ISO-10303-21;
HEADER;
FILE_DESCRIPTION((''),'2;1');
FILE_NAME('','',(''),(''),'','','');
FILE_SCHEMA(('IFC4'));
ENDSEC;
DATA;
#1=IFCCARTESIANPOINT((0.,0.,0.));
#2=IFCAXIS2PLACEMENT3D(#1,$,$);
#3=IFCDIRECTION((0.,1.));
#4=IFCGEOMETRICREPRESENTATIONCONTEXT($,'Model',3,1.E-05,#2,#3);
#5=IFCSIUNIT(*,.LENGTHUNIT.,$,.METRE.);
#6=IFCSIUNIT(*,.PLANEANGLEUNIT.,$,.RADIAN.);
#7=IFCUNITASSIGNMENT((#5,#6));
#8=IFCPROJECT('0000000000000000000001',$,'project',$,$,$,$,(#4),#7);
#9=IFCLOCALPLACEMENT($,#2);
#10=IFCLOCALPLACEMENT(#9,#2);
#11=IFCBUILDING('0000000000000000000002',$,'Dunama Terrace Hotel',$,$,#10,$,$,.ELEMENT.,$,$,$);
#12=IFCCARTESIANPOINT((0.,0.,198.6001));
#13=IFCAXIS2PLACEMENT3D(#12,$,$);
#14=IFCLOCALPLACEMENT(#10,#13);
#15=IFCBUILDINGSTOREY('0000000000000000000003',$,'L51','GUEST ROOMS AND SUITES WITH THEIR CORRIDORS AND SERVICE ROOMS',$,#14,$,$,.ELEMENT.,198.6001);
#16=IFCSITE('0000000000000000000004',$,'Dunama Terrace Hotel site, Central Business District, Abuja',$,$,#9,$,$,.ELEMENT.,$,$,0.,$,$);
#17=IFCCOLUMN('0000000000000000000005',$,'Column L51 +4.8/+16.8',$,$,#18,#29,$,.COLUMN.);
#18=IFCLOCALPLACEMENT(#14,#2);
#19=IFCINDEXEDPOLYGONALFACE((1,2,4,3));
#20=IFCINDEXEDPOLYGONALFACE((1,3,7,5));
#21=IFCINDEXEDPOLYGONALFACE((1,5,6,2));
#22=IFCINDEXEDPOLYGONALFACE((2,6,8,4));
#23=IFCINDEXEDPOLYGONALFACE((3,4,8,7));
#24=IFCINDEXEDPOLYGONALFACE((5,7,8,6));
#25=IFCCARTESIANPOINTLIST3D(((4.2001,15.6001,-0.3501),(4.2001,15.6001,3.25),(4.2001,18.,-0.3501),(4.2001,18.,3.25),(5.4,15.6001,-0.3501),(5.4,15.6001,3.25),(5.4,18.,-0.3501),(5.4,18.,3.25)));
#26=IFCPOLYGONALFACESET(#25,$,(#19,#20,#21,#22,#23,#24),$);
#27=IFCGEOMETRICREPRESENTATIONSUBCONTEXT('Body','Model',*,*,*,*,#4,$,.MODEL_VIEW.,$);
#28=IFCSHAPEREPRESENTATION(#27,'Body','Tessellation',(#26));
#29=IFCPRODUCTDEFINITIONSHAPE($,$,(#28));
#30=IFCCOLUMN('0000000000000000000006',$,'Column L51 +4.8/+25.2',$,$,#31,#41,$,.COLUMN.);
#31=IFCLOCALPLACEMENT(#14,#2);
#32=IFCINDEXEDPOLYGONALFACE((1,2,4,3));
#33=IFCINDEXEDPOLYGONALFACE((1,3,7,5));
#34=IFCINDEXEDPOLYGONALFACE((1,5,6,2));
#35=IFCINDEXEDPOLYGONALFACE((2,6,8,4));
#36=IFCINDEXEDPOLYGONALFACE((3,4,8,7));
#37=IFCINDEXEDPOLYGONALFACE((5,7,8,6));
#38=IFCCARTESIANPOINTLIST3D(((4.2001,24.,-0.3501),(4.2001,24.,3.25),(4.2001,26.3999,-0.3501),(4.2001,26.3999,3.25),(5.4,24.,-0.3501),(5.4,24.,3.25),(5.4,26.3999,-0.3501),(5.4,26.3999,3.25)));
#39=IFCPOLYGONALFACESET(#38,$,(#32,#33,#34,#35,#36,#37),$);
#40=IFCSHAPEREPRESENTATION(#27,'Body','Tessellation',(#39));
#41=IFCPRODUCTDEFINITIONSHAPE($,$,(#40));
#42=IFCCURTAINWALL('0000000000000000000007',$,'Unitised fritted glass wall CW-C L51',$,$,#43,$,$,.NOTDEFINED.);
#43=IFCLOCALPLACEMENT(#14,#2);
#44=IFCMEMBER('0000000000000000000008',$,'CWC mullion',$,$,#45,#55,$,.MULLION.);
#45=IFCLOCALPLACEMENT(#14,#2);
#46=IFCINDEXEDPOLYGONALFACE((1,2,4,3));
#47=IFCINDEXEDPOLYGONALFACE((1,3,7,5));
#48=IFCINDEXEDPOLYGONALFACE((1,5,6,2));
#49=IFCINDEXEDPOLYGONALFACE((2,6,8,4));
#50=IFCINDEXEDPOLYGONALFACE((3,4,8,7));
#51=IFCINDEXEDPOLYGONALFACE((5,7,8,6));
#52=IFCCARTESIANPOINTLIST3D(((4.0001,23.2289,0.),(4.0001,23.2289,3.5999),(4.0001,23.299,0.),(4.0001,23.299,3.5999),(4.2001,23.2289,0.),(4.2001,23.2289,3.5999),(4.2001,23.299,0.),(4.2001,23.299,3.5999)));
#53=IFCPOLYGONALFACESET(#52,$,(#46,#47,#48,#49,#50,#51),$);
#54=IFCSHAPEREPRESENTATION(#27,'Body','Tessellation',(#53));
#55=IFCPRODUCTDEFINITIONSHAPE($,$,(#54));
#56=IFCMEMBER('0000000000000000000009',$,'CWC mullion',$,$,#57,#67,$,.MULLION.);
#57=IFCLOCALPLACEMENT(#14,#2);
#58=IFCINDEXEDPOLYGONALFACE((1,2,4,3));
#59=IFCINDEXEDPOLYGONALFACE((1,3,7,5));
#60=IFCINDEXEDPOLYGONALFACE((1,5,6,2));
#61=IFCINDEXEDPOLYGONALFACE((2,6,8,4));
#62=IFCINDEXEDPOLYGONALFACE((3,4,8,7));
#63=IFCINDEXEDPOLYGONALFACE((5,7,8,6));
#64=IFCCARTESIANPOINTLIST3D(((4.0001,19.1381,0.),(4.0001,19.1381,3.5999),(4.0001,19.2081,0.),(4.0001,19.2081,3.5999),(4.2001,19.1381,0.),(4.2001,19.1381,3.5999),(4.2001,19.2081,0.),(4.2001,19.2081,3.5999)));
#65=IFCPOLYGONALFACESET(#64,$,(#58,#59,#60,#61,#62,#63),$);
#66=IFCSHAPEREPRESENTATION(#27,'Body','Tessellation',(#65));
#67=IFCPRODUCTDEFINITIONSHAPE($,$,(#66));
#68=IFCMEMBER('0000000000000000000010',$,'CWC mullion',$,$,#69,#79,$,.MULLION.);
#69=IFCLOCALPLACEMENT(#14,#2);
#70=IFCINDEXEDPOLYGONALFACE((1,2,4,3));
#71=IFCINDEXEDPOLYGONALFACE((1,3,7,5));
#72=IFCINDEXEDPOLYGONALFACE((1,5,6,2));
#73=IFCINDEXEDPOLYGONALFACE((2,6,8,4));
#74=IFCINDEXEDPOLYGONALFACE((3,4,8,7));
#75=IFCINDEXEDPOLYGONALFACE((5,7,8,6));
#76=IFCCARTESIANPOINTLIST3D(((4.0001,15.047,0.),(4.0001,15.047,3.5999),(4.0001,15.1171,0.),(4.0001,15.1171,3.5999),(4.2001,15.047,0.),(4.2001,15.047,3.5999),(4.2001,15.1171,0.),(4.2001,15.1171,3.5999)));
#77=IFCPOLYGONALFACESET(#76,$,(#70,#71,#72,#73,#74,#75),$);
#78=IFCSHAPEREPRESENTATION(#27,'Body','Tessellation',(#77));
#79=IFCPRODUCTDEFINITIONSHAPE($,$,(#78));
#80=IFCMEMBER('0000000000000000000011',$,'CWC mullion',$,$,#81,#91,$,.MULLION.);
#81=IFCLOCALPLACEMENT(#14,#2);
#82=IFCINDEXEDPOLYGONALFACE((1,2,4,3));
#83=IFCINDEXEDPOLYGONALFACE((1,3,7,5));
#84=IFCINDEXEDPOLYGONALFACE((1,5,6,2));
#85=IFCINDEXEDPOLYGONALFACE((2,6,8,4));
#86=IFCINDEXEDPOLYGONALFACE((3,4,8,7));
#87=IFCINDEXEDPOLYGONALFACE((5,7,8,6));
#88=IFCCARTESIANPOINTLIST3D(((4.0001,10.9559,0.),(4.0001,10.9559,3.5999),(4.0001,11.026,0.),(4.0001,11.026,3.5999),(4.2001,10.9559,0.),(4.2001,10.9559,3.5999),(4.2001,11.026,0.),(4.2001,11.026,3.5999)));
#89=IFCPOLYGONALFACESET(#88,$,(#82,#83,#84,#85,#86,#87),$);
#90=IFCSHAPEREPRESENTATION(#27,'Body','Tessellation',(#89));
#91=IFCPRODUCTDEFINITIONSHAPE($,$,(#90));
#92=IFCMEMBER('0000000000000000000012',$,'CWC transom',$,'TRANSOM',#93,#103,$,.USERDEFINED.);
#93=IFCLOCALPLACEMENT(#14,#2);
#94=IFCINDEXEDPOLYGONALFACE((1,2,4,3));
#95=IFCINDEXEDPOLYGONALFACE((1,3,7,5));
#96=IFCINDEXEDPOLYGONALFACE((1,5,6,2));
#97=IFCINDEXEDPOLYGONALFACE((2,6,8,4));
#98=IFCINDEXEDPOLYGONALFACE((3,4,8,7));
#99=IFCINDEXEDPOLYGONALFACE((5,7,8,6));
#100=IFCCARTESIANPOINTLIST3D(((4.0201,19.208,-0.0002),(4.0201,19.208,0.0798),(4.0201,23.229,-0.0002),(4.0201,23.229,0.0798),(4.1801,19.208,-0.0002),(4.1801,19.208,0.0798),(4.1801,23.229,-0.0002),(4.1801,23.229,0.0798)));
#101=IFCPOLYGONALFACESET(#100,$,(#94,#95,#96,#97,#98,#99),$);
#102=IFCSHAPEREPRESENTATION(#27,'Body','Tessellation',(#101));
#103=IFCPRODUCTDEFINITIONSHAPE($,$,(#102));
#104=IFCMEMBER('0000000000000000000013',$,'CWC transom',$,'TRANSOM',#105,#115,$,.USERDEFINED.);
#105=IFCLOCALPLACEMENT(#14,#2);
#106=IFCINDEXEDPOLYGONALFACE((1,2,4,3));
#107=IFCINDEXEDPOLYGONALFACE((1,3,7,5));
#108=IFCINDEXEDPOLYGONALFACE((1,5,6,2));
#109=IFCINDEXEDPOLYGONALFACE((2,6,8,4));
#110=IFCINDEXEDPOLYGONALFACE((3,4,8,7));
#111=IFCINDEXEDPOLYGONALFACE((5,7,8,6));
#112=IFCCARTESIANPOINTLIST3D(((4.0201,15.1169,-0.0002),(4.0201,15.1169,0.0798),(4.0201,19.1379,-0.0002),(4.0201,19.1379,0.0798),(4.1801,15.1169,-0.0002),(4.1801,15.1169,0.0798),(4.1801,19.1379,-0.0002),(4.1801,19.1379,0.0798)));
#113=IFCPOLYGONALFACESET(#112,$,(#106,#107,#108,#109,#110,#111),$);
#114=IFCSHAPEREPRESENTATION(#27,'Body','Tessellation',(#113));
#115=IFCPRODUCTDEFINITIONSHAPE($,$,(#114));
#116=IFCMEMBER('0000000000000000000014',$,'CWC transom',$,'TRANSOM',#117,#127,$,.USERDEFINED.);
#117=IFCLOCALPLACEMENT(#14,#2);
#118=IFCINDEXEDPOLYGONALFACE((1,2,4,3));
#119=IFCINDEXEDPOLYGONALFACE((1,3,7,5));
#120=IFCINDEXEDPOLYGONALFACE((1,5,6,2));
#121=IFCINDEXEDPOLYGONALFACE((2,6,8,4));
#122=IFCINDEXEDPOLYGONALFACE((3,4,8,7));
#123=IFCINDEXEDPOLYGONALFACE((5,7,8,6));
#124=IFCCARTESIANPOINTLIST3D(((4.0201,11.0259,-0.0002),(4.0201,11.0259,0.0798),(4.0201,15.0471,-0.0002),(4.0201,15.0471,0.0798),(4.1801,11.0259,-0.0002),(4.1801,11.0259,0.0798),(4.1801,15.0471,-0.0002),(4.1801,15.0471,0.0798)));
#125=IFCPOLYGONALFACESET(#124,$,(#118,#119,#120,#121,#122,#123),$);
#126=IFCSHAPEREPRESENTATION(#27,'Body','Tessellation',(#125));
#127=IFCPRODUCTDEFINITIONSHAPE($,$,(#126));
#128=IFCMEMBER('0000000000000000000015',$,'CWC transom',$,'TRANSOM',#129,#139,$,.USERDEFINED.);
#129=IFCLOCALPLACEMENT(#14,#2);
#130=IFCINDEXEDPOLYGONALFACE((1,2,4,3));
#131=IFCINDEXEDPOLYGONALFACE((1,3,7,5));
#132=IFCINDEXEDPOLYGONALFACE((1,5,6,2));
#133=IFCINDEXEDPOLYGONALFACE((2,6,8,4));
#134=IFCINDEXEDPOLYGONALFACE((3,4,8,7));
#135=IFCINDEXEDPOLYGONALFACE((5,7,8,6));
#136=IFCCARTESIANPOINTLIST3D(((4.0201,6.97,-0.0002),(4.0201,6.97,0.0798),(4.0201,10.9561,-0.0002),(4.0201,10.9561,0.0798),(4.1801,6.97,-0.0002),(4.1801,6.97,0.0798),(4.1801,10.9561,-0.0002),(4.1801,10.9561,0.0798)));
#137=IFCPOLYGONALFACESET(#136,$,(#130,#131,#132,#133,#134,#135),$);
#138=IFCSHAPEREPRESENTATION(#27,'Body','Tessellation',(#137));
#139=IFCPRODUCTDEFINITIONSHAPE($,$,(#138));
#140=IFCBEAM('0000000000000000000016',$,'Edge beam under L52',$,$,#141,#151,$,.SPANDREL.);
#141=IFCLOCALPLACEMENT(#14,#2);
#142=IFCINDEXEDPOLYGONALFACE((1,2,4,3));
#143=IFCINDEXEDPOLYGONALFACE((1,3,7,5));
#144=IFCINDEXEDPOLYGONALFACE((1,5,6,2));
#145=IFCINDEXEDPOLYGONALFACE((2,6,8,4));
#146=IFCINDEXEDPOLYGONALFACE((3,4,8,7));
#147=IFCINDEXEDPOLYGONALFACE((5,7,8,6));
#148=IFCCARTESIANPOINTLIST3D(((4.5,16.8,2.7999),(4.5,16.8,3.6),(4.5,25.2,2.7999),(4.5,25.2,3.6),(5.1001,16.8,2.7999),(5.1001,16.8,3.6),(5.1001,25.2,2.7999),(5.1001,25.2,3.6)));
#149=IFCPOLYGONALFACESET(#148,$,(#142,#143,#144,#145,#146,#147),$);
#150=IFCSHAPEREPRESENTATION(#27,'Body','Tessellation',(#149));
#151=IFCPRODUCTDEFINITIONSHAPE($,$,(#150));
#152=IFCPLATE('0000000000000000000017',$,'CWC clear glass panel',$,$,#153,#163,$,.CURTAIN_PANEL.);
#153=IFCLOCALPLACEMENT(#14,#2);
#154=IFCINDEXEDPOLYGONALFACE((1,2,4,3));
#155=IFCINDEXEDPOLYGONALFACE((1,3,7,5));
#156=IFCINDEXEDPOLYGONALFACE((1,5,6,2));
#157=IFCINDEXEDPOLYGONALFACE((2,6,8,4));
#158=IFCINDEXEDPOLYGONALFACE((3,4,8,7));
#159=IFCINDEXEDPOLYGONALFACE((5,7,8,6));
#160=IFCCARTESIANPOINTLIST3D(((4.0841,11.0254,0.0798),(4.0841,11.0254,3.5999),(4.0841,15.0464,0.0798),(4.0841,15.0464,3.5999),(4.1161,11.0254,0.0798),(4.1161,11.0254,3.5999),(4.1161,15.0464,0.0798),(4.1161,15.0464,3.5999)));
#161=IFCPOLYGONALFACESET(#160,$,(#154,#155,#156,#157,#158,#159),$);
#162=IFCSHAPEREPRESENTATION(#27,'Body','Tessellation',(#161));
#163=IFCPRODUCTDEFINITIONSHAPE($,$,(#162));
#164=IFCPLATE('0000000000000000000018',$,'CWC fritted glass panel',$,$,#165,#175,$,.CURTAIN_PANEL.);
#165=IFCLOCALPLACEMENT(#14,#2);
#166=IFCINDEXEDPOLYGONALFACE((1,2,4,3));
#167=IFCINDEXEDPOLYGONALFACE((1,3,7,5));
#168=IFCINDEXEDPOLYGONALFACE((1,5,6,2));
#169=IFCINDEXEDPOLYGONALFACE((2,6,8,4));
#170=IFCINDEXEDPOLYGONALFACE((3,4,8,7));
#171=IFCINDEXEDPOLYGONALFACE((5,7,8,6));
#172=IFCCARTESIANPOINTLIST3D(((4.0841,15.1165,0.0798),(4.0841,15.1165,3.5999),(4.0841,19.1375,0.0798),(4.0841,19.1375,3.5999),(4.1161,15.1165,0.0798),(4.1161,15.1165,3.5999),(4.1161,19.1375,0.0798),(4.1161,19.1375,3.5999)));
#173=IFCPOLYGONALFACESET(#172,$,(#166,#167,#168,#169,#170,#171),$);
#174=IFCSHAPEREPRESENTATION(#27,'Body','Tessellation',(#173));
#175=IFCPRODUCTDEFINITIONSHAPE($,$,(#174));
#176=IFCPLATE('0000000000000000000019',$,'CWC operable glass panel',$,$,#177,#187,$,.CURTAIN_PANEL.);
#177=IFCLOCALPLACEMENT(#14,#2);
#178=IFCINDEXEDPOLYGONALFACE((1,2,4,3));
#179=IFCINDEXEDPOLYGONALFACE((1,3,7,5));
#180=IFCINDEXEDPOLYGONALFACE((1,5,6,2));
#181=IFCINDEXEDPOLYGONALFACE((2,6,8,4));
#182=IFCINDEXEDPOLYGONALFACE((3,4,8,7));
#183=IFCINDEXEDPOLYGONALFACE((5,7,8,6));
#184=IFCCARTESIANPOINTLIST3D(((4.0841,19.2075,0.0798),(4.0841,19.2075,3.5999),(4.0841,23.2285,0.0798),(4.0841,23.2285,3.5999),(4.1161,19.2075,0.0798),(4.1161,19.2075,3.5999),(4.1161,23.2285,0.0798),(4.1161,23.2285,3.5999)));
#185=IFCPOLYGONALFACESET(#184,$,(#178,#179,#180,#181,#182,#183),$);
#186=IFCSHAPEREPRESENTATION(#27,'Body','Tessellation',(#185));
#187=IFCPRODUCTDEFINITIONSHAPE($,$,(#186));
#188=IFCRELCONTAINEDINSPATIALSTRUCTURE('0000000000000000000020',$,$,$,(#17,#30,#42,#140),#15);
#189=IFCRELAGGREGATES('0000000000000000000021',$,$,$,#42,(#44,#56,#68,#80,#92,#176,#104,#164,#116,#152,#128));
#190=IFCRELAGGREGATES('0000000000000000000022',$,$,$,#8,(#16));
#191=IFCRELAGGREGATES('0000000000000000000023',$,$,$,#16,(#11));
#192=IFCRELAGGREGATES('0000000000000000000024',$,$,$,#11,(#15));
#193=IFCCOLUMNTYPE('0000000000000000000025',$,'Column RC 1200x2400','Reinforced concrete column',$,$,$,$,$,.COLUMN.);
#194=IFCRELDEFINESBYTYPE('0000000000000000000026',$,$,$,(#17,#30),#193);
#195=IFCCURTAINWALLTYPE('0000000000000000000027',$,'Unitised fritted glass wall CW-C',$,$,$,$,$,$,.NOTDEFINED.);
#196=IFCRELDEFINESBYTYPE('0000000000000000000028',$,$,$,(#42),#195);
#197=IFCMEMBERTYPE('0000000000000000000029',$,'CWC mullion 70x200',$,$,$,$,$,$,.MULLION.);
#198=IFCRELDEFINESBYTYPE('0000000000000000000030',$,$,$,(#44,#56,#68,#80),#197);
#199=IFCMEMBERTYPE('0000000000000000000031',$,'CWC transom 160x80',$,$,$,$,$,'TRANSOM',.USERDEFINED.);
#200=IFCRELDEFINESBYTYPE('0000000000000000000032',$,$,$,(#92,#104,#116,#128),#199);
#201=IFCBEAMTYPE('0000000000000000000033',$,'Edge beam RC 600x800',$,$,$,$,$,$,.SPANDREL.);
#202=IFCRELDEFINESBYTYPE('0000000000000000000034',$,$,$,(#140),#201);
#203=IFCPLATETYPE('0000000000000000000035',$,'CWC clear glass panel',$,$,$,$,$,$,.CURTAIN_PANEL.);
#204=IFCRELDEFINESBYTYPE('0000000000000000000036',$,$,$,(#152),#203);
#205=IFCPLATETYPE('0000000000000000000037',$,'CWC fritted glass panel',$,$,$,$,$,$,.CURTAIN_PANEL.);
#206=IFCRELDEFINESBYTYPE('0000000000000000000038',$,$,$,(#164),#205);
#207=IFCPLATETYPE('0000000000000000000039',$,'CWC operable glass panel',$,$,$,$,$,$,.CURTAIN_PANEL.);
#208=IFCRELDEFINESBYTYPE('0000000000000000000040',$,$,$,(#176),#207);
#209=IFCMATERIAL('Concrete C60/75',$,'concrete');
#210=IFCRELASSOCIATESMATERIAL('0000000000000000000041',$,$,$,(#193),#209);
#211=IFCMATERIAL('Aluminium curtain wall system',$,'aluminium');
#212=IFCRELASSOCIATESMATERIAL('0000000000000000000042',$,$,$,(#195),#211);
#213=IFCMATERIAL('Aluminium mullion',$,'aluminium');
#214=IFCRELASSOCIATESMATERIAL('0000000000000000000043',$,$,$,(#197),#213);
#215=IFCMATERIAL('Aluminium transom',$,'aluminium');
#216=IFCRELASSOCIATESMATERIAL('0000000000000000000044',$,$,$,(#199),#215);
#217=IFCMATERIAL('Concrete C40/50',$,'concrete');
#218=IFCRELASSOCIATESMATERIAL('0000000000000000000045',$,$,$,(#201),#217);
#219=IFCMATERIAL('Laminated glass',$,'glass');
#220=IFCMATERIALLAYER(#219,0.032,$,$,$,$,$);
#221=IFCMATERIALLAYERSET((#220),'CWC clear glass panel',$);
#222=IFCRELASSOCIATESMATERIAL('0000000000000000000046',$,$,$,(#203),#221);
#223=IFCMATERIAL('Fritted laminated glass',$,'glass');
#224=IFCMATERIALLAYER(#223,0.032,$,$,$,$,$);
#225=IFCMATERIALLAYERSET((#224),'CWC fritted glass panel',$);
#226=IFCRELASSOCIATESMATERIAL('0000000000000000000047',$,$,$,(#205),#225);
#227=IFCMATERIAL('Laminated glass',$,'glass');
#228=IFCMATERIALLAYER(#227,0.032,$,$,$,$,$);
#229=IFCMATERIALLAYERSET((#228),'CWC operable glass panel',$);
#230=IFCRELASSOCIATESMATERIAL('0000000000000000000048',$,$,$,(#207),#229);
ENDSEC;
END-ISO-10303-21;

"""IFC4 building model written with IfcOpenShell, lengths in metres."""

from ifc_helpers import new_model, si_unit, direction, frame, origin, origin_2d, place, context, subcontext, project, spatial, rectangle, extrude, material, layer, layer_set, material_profile, profile_set, type_object, element, aggregate, save


model = new_model("IFC4")

# Units and contexts
model_context = context("Model", 3, precision=1e-05, world=origin(), true_north=direction((0.0, 1.0)))
body_context = subcontext(model_context, "Body", "Model", "MODEL_VIEW")
ifc_project = project(units=[si_unit("LENGTHUNIT", "METRE"), si_unit("PLANEANGLEUNIT", "RADIAN")], contexts=[model_context])

# Site, building, storey
site_placement = place(None, origin())
site = spatial("IfcSite", under=ifc_project, at=site_placement, Name="Dunama Terrace Hotel site, Central Business District, Abuja", CompositionType="ELEMENT", RefElevation=0.0)
building_placement = place(site_placement, origin())
building = spatial("IfcBuilding", under=site, at=building_placement, Name="Dunama Terrace Hotel", CompositionType="ELEMENT")
storey_placement = place(building_placement, frame((0.0, 0.0, 198.6001)))
storey = spatial("IfcBuildingStorey", under=building, at=storey_placement, Name="L51", Description="GUEST ROOMS AND SUITES WITH THEIR CORRIDORS AND SERVICE ROOMS", CompositionType="ELEMENT", Elevation=198.6001)

# Columns
ifc_material_1 = material(Name="Concrete C60/75", Category="concrete")
ifc_material_profile_1 = material_profile(ifc_material_1, rectangle(XDim=1.2, YDim=2.3999, at=origin_2d()), Name="RC 1200x2400")
ifc_profile_set_1 = profile_set([ifc_material_profile_1], Name="Concrete C60/75")
column_type = type_object("IfcColumnType", Name="Column RC 1200x2400", Description="Reinforced concrete column", PredefinedType="COLUMN", material=ifc_profile_set_1)
for number, where, z_axis, x_axis, name in (
    (1, (4.8, 16.8, -0.3501), (0.0, 0.0, 1.0), (1.0, 0.0, 0.0), "Column L51 +4.8/+16.8"),
    (2, (4.8, 25.2, -0.3501), (0.0, 0.0, 1.0), (1.0, 0.0, 0.0), "Column L51 +4.8/+25.2"),
):
    element("IfcColumn", number, at=place(storey_placement, frame(where, z_axis=z_axis, x_axis=x_axis)), inside=storey, type_object=column_type, Name=name, PredefinedType="COLUMN", context=body_context, shape_type="SweptSolid", body=[
        extrude(rectangle(XDim=1.2, YDim=2.3999, at=origin_2d()), origin(), (0.0, 0.0, 1.0), 3.6001),
    ])

# Curtain wall, members
ifc_material_2 = material(Name="Aluminium curtain wall system", Category="aluminium")
curtain_wall_type = type_object("IfcCurtainWallType", Name="Unitised fritted glass wall CW-C", PredefinedType="NOTDEFINED", material=ifc_material_2)
curtain_wall_placement = place(storey_placement, origin())
curtain_wall = element("IfcCurtainWall", 3, at=curtain_wall_placement, inside=storey, type_object=curtain_wall_type, Name="Unitised fritted glass wall CW-C L51", PredefinedType="NOTDEFINED")
ifc_material_3 = material(Name="Aluminium mullion", Category="aluminium")
ifc_material_profile_2 = material_profile(ifc_material_3, rectangle(XDim=0.0701, YDim=0.2, at=origin_2d()), Name="CWC MULLION 70X200")
ifc_profile_set_2 = profile_set([ifc_material_profile_2], Name="Aluminium mullion")
member_type_1 = type_object("IfcMemberType", Name="CWC mullion 70x200", PredefinedType="MULLION", material=ifc_profile_set_2)
member_1_placement = place(storey_placement, frame((4.1001, 23.2639, 0.0), z_axis=(0.0, 0.0, 1.0), x_axis=(0.0, -1.0, 0.0)))
member_1 = element("IfcMember", 4, at=member_1_placement, type_object=member_type_1, Name="CWC mullion", PredefinedType="MULLION", context=body_context, shape_type="SweptSolid", body=[
    extrude(rectangle(XDim=0.0701, YDim=0.2, at=origin_2d()), origin(), (0.0, 0.0, 1.0), 3.5999),
])
member_2_placement = place(storey_placement, frame((4.1001, 19.1731, 0.0), z_axis=(0.0, 0.0, 1.0), x_axis=(0.0, -1.0, 0.0)))
member_2 = element("IfcMember", 5, at=member_2_placement, type_object=member_type_1, Name="CWC mullion", PredefinedType="MULLION", context=body_context, shape_type="SweptSolid", body=[
    extrude(rectangle(XDim=0.0701, YDim=0.2, at=origin_2d()), origin(), (0.0, 0.0, 1.0), 3.5999),
])
member_3_placement = place(storey_placement, frame((4.1001, 15.082, 0.0), z_axis=(0.0, 0.0, 1.0), x_axis=(0.0, -1.0, 0.0)))
member_3 = element("IfcMember", 6, at=member_3_placement, type_object=member_type_1, Name="CWC mullion", PredefinedType="MULLION", context=body_context, shape_type="SweptSolid", body=[
    extrude(rectangle(XDim=0.0701, YDim=0.2, at=origin_2d()), origin(), (0.0, 0.0, 1.0), 3.5999),
])
member_4_placement = place(storey_placement, frame((4.1001, 10.991, 0.0), z_axis=(0.0, 0.0, 1.0), x_axis=(0.0, -1.0, 0.0)))
member_4 = element("IfcMember", 7, at=member_4_placement, type_object=member_type_1, Name="CWC mullion", PredefinedType="MULLION", context=body_context, shape_type="SweptSolid", body=[
    extrude(rectangle(XDim=0.0701, YDim=0.2, at=origin_2d()), origin(), (0.0, 0.0, 1.0), 3.5999),
])
ifc_material_4 = material(Name="Aluminium transom", Category="aluminium")
ifc_material_profile_3 = material_profile(ifc_material_4, rectangle(XDim=0.1599, YDim=0.0801, at=origin_2d()), Name="CWC TRANSOM 160X80")
ifc_profile_set_3 = profile_set([ifc_material_profile_3], Name="Aluminium transom")
member_type_2 = type_object("IfcMemberType", Name="CWC transom 160x80", ElementType="TRANSOM", PredefinedType="USERDEFINED", material=ifc_profile_set_3)
member_5_placement = place(storey_placement, frame((4.1001, 23.229, 0.0398), z_axis=(0.0, -1.0, 0.0), x_axis=(1.0, 0.0, 0.0)))
member_5 = element("IfcMember", 8, at=member_5_placement, type_object=member_type_2, Name="CWC transom", ObjectType="TRANSOM", PredefinedType="USERDEFINED", context=body_context, shape_type="SweptSolid", body=[
    extrude(rectangle(XDim=0.1599, YDim=0.0801, at=origin_2d()), origin(), (0.0, 0.0, 1.0), 4.021),
])
member_6_placement = place(storey_placement, frame((4.1001, 19.1379, 0.0398), z_axis=(0.0, -1.0, 0.0), x_axis=(1.0, 0.0, 0.0)))
member_6 = element("IfcMember", 9, at=member_6_placement, type_object=member_type_2, Name="CWC transom", ObjectType="TRANSOM", PredefinedType="USERDEFINED", context=body_context, shape_type="SweptSolid", body=[
    extrude(rectangle(XDim=0.1599, YDim=0.0801, at=origin_2d()), origin(), (0.0, 0.0, 1.0), 4.021),
])
member_7_placement = place(storey_placement, frame((4.1001, 15.0471, 0.0398), z_axis=(0.0, -1.0, 0.0), x_axis=(1.0, 0.0, 0.0)))
member_7 = element("IfcMember", 10, at=member_7_placement, type_object=member_type_2, Name="CWC transom", ObjectType="TRANSOM", PredefinedType="USERDEFINED", context=body_context, shape_type="SweptSolid", body=[
    extrude(rectangle(XDim=0.1599, YDim=0.0801, at=origin_2d()), origin(), (0.0, 0.0, 1.0), 4.0212),
])
member_8_placement = place(storey_placement, frame((4.1001, 10.9561, 0.0398), z_axis=(0.0, -1.0, 0.0), x_axis=(1.0, 0.0, 0.0)))
member_8 = element("IfcMember", 11, at=member_8_placement, type_object=member_type_2, Name="CWC transom", ObjectType="TRANSOM", PredefinedType="USERDEFINED", context=body_context, shape_type="SweptSolid", body=[
    extrude(rectangle(XDim=0.1599, YDim=0.0801, at=origin_2d()), origin(), (0.0, 0.0, 1.0), 3.9861),
])

# Beam
ifc_material_5 = material(Name="Concrete C40/50", Category="concrete")
ifc_material_profile_4 = material_profile(ifc_material_5, rectangle(XDim=0.6001, YDim=0.8, at=origin_2d()), Name="RC 600x800")
ifc_profile_set_4 = profile_set([ifc_material_profile_4], Name="Concrete C40/50")
beam_type = type_object("IfcBeamType", Name="Edge beam RC 600x800", PredefinedType="SPANDREL", material=ifc_profile_set_4)
beam_placement = place(storey_placement, frame((4.8, 16.8, 3.2), z_axis=(0.0, 1.0, 0.0), x_axis=(-1.0, 0.0, 0.0)))
element("IfcBeam", 12, at=beam_placement, inside=storey, type_object=beam_type, Name="Edge beam under L52", PredefinedType="SPANDREL", context=body_context, shape_type="SweptSolid", body=[
    extrude(rectangle(XDim=0.6001, YDim=0.8, at=origin_2d()), origin(), (0.0, 0.0, 1.0), 8.3999),
])

# Plates
ifc_material_6 = material(Name="Laminated glass", Category="glass")
ifc_layer_1 = layer(ifc_material_6, 0.032)
ifc_layer_set_1 = layer_set([ifc_layer_1], Name="CWC clear glass panel")
plate_type_1 = type_object("IfcPlateType", Name="CWC clear glass panel", PredefinedType="CURTAIN_PANEL", material=ifc_layer_set_1)
plate_1_placement = place(storey_placement, frame((4.1001, 13.0359, 0.0798), z_axis=(0.0, 0.0, 1.0), x_axis=(0.0, -1.0, 0.0)))
plate_1 = element("IfcPlate", 13, at=plate_1_placement, type_object=plate_type_1, Name="CWC clear glass panel", PredefinedType="CURTAIN_PANEL", context=body_context, shape_type="SweptSolid", body=[
    extrude(rectangle(XDim=4.021, YDim=0.032, at=origin_2d()), origin(), (0.0, 0.0, 1.0), 3.52),
])
ifc_material_7 = material(Name="Fritted laminated glass", Category="glass")
ifc_layer_2 = layer(ifc_material_7, 0.032)
ifc_layer_set_2 = layer_set([ifc_layer_2], Name="CWC fritted glass panel")
plate_type_2 = type_object("IfcPlateType", Name="CWC fritted glass panel", PredefinedType="CURTAIN_PANEL", material=ifc_layer_set_2)
plate_2_placement = place(storey_placement, frame((4.1001, 17.127, 0.0798), z_axis=(0.0, 0.0, 1.0), x_axis=(0.0, -1.0, 0.0)))
plate_2 = element("IfcPlate", 14, at=plate_2_placement, type_object=plate_type_2, Name="CWC fritted glass panel", PredefinedType="CURTAIN_PANEL", context=body_context, shape_type="SweptSolid", body=[
    extrude(rectangle(XDim=4.021, YDim=0.032, at=origin_2d()), origin(), (0.0, 0.0, 1.0), 3.52),
])
ifc_material_8 = material(Name="Laminated glass", Category="glass")
ifc_layer_3 = layer(ifc_material_8, 0.032)
ifc_layer_set_3 = layer_set([ifc_layer_3], Name="CWC operable glass panel")
plate_type_3 = type_object("IfcPlateType", Name="CWC operable glass panel", PredefinedType="CURTAIN_PANEL", material=ifc_layer_set_3)
plate_3_placement = place(storey_placement, frame((4.1001, 21.218, 0.0798), z_axis=(0.0, 0.0, 1.0), x_axis=(0.0, -1.0, 0.0)))
plate_3 = element("IfcPlate", 15, at=plate_3_placement, type_object=plate_type_3, Name="CWC operable glass panel", PredefinedType="CURTAIN_PANEL", context=body_context, shape_type="SweptSolid", body=[
    extrude(rectangle(XDim=4.021, YDim=0.032, at=origin_2d()), origin(), (0.0, 0.0, 1.0), 3.52),
])
aggregate(curtain_wall, [member_1, member_2, member_3, member_4, member_5, plate_3, member_6, plate_2, member_7, plate_1, member_8])

save(model, "model.ifc")
